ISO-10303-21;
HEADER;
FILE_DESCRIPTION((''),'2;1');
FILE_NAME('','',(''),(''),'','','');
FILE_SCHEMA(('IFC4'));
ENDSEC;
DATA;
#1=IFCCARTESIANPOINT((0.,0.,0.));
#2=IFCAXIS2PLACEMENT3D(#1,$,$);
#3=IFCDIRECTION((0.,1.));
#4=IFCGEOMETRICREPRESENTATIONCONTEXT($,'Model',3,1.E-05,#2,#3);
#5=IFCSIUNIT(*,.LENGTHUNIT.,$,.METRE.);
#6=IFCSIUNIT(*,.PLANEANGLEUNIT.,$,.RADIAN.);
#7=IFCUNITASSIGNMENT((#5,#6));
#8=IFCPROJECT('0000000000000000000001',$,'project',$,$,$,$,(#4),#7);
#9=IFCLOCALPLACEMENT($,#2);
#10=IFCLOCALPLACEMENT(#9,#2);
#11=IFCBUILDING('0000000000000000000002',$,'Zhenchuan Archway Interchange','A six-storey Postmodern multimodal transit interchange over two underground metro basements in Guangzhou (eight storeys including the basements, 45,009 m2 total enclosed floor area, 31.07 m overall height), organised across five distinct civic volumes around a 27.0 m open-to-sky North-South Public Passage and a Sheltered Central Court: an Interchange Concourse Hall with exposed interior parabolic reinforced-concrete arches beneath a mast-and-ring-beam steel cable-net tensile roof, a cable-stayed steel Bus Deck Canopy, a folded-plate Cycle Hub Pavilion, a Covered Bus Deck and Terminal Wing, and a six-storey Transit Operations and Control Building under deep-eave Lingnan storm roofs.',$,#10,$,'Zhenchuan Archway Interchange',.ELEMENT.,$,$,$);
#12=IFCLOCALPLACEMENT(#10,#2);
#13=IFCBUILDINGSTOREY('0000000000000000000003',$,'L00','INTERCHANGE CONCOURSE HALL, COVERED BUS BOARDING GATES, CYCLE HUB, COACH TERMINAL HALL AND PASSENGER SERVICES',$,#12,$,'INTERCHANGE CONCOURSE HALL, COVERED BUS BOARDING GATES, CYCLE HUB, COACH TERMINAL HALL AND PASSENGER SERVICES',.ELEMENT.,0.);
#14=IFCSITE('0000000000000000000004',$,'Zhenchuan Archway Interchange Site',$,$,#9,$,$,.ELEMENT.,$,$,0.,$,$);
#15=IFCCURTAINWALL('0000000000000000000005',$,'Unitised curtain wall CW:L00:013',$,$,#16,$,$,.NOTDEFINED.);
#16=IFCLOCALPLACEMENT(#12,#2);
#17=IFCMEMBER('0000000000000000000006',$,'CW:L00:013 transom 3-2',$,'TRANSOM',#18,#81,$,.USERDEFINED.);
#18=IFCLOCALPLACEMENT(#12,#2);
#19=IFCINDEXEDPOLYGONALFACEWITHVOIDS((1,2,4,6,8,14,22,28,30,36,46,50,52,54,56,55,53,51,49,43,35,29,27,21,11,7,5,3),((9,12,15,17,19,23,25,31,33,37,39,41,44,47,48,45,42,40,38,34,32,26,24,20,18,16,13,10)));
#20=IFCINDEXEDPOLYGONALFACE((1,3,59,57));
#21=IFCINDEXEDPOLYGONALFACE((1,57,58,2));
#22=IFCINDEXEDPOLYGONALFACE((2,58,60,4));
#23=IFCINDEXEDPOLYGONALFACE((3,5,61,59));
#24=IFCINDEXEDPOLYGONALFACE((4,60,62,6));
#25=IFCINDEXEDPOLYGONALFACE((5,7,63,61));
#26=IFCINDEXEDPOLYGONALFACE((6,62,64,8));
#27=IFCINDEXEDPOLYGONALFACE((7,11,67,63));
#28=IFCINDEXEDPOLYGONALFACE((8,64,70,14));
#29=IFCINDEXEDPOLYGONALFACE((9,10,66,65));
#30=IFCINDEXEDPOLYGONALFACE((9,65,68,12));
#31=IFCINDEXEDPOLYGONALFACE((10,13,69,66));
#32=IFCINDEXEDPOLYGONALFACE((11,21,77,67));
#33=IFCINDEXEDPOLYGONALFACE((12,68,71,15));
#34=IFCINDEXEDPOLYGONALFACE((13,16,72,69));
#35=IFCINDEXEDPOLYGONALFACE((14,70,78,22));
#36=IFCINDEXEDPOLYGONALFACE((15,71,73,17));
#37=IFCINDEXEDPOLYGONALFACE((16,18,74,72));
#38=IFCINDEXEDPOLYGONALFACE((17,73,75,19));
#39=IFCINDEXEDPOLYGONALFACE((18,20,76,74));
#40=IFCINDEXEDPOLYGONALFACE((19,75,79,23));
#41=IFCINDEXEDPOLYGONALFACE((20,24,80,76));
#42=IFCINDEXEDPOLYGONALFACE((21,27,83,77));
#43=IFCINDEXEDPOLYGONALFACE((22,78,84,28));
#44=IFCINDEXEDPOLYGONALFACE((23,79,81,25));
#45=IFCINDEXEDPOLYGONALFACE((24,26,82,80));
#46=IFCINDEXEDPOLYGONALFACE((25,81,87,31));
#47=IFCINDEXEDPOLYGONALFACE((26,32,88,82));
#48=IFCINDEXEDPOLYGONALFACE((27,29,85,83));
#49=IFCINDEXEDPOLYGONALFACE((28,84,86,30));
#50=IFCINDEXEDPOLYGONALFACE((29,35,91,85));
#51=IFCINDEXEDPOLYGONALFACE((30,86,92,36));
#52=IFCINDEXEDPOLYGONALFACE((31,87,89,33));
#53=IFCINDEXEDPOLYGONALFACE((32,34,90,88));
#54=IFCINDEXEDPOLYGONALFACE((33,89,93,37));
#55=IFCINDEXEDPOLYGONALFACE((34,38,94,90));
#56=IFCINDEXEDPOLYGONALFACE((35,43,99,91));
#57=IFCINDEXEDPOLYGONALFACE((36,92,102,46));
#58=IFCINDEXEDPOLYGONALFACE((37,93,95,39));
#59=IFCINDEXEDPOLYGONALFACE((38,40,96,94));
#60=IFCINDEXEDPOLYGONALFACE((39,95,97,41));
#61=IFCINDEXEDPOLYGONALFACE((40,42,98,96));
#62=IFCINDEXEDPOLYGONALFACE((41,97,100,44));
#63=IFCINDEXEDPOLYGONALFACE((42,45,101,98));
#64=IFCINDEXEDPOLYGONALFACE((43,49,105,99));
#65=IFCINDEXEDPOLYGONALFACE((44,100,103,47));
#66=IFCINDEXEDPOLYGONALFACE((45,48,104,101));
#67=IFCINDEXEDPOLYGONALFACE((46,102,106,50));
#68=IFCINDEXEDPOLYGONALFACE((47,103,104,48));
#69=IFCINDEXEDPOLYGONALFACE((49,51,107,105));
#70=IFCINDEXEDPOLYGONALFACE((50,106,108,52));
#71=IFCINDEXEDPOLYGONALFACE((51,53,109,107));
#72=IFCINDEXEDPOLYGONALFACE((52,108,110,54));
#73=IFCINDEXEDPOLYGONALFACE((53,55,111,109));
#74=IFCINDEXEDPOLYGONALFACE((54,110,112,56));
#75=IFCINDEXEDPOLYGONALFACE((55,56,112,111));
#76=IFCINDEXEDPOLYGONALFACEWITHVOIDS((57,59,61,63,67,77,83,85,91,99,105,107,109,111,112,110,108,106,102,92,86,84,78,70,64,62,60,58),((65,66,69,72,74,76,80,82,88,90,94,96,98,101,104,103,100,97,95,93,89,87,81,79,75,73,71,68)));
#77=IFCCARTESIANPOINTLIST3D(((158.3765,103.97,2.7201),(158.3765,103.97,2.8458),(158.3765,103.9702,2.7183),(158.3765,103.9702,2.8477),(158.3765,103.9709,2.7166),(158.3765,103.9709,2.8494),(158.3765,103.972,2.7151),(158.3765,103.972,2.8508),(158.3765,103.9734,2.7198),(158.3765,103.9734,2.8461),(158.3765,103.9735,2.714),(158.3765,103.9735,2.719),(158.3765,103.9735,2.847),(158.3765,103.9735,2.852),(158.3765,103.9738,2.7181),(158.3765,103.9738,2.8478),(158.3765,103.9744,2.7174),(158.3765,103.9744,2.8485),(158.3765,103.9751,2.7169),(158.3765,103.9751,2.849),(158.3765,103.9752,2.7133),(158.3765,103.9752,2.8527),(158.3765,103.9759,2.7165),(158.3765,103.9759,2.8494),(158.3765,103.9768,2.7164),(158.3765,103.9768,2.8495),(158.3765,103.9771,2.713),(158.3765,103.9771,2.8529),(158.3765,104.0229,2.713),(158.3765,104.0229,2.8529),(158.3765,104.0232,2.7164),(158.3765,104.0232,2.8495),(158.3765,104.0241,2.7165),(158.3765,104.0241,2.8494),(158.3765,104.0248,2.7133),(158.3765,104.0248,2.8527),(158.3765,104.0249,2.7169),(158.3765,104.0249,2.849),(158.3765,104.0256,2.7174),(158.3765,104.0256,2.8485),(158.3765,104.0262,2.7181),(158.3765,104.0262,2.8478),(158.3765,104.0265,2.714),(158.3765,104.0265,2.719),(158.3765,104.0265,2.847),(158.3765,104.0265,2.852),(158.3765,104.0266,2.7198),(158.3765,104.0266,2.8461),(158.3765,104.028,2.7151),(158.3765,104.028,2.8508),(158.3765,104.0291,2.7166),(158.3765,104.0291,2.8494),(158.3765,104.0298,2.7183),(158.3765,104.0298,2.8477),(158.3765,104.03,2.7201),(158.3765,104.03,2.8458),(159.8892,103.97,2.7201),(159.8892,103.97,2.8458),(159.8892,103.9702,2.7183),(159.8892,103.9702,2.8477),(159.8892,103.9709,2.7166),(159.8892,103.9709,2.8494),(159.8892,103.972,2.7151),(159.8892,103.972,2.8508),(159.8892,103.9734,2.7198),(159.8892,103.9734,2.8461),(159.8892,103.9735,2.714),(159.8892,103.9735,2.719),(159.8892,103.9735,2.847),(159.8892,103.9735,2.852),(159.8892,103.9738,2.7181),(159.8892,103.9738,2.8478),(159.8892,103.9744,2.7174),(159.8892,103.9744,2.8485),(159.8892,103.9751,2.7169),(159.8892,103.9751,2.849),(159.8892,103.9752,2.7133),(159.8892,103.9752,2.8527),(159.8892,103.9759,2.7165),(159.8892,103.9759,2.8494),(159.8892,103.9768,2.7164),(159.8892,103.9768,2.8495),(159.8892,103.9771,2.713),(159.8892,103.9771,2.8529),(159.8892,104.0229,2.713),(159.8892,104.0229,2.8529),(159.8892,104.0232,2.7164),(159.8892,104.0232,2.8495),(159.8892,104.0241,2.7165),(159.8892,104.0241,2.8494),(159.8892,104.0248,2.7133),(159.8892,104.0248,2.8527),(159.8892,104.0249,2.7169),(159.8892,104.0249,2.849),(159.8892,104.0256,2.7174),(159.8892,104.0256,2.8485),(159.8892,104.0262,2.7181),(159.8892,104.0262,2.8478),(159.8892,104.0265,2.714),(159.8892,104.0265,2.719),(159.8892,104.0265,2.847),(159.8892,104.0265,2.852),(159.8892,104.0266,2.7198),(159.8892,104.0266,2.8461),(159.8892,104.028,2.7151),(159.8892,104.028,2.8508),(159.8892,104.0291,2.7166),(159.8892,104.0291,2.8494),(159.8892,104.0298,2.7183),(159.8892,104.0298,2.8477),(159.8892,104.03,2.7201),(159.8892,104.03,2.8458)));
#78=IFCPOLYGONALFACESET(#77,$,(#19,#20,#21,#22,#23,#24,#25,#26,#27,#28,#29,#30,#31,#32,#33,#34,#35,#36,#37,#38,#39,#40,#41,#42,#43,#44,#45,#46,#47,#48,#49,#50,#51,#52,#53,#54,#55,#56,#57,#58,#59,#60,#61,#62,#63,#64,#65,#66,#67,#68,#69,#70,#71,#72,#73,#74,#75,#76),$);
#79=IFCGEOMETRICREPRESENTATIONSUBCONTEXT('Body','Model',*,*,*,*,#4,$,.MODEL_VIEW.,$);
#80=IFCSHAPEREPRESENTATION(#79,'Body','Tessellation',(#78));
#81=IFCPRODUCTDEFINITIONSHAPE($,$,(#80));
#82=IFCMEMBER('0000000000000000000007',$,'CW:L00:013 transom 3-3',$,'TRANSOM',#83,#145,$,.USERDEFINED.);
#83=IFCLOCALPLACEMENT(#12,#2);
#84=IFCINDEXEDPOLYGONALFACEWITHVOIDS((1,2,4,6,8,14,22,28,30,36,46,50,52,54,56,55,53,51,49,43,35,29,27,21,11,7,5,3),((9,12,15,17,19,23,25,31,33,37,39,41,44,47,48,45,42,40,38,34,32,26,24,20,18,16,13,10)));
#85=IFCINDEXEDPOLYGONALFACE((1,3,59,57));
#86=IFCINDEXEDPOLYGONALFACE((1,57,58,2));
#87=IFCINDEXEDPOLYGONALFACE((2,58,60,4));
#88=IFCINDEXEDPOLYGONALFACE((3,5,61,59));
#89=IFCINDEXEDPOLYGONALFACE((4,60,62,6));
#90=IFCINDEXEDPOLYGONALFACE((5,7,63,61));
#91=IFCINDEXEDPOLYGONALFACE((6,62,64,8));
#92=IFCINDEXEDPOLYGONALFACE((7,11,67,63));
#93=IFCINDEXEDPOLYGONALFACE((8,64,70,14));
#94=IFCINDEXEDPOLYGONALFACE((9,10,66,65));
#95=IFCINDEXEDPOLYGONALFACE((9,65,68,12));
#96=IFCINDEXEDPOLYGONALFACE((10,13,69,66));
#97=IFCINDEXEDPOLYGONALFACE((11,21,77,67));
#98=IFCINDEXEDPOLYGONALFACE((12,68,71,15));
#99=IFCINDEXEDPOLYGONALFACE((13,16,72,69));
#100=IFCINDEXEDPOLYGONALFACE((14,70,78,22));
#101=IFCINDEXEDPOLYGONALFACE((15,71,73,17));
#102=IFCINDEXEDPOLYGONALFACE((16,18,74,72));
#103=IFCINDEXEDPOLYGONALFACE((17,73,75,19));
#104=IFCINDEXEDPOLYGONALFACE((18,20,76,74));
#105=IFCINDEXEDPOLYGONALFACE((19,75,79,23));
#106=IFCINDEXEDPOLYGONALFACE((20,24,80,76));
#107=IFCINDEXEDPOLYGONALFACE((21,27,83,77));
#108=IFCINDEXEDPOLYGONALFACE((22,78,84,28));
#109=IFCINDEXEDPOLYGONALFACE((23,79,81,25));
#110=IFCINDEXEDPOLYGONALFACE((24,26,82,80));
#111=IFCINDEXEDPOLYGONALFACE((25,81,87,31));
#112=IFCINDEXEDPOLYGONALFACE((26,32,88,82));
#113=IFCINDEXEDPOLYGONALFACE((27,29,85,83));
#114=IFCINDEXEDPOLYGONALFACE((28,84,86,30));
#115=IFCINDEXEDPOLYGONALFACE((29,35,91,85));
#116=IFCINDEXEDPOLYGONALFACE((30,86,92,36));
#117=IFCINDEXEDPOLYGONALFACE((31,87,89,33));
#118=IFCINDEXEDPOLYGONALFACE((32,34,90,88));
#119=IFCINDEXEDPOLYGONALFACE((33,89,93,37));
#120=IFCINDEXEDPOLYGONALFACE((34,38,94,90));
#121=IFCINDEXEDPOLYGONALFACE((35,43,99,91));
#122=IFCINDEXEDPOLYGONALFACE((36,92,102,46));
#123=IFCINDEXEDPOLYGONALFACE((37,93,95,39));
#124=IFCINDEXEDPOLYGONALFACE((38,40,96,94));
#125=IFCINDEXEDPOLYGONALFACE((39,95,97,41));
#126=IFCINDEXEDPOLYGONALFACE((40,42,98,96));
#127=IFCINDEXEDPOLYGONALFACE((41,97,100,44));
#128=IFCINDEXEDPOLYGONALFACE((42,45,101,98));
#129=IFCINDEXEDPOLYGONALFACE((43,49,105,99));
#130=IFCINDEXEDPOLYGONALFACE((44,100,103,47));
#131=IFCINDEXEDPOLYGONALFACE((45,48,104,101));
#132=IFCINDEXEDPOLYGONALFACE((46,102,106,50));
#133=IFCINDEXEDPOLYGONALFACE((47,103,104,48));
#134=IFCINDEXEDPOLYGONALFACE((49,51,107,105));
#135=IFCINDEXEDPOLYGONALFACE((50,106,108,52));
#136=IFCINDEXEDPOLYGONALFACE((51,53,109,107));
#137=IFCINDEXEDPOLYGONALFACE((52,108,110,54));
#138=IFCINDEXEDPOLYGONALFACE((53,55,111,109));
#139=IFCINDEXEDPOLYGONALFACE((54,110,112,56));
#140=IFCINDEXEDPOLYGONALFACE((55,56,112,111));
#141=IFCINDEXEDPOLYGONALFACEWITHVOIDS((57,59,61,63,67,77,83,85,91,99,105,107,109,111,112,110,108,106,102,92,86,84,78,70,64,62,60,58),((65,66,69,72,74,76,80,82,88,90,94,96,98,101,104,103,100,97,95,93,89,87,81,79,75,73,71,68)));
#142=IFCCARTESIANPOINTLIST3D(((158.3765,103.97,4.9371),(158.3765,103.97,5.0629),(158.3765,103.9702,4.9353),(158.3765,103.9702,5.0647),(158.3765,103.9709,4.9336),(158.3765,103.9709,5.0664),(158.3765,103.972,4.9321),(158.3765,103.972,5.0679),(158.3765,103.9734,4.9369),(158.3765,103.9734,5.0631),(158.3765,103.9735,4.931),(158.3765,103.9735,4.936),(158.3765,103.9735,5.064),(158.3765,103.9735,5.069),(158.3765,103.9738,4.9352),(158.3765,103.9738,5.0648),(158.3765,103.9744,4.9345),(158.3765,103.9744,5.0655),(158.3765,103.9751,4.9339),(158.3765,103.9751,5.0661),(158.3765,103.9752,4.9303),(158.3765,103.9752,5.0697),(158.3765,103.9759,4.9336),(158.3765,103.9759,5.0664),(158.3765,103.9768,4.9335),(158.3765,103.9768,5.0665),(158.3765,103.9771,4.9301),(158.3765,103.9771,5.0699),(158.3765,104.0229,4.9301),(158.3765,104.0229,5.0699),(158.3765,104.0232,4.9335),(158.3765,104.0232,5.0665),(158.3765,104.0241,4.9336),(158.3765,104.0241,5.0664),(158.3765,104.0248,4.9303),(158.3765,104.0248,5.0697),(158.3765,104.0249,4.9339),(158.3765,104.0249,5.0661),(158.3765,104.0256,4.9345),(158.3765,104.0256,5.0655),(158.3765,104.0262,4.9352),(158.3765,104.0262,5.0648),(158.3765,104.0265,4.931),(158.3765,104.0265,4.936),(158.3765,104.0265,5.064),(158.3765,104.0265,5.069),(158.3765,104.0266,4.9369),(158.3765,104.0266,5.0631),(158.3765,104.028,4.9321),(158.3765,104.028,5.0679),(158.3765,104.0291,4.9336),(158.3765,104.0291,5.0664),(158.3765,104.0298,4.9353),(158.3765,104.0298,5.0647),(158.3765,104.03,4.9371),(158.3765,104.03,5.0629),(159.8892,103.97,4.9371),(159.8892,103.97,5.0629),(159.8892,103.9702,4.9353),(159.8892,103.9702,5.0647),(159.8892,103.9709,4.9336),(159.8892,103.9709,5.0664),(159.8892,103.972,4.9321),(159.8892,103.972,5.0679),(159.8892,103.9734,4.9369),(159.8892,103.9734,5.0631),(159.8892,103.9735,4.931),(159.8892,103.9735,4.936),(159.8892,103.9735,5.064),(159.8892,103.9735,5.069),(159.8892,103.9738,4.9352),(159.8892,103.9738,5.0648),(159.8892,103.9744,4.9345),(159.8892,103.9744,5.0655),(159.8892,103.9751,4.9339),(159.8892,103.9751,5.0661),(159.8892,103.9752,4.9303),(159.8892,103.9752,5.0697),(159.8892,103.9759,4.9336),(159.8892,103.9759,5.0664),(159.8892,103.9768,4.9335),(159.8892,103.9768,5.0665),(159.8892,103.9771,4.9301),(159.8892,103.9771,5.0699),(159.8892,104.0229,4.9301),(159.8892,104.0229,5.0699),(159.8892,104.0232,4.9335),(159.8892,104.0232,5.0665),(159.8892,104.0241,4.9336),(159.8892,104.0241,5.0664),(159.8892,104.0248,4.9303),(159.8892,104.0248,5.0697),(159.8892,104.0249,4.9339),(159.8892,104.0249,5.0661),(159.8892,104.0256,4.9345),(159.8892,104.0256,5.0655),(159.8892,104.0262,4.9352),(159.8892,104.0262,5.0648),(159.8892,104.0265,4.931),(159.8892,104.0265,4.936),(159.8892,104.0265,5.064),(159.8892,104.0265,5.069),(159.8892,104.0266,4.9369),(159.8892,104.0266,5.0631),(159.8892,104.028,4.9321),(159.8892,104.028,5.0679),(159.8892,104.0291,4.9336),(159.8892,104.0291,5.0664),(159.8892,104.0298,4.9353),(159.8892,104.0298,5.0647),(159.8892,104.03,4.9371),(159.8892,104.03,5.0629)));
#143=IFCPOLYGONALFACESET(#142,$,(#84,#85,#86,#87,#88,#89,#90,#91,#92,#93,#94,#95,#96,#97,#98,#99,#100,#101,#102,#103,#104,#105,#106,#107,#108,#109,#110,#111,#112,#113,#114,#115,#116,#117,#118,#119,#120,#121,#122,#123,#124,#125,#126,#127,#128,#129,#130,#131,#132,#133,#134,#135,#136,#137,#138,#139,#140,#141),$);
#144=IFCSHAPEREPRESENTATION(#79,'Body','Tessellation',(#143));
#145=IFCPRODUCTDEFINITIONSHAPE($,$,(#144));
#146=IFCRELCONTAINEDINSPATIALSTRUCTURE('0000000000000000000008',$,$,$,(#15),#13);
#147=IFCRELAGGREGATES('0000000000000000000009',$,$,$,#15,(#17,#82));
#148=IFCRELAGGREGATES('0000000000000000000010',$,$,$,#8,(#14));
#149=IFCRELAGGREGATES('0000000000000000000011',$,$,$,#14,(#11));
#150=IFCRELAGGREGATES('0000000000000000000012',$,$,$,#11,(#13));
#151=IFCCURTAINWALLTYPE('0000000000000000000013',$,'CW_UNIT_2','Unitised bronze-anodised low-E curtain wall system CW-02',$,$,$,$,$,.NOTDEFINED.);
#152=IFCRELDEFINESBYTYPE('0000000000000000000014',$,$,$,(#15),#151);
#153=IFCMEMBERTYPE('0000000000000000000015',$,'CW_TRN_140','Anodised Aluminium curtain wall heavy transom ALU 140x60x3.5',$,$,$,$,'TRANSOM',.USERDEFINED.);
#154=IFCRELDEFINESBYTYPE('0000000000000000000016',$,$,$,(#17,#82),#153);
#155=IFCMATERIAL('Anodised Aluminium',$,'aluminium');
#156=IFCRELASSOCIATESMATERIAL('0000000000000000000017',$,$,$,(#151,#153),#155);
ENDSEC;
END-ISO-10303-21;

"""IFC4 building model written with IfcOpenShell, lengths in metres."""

from ifc_helpers import new_model, si_unit, direction, frame, origin, origin_2d, place, context, subcontext, project, spatial, hollow_rectangle, extrude, material, material_profile, profile_set, type_object, element, aggregate, save


model = new_model("IFC4")

# Units and contexts
model_context = context("Model", 3, precision=1e-05, world=origin(), true_north=direction((0.0, 1.0)))
body_context = subcontext(model_context, "Body", "Model", "MODEL_VIEW")
ifc_project = project(units=[si_unit("LENGTHUNIT", "METRE"), si_unit("PLANEANGLEUNIT", "RADIAN")], contexts=[model_context])

# Site, building, storey
site_placement = place(None, origin())
site = spatial("IfcSite", under=ifc_project, at=site_placement, Name="Zhenchuan Archway Interchange Site", CompositionType="ELEMENT", RefElevation=0.0)
building_placement = place(site_placement, origin())
building = spatial("IfcBuilding", under=site, at=building_placement, Name="Zhenchuan Archway Interchange", Description="A six-storey Postmodern multimodal transit interchange over two underground metro basements in Guangzhou (eight storeys including the basements, 45,009 m2 total enclosed floor area, 31.07 m overall height), organised across five distinct civic volumes around a 27.0 m open-to-sky North-South Public Passage and a Sheltered Central Court: an Interchange Concourse Hall with exposed interior parabolic reinforced-concrete arches beneath a mast-and-ring-beam steel cable-net tensile roof, a cable-stayed steel Bus Deck Canopy, a folded-plate Cycle Hub Pavilion, a Covered Bus Deck and Terminal Wing, and a six-storey Transit Operations and Control Building under deep-eave Lingnan storm roofs.", LongName="Zhenchuan Archway Interchange", CompositionType="ELEMENT")
storey_placement = place(building_placement, origin())
storey = spatial("IfcBuildingStorey", under=building, at=storey_placement, Name="L00", Description="INTERCHANGE CONCOURSE HALL, COVERED BUS BOARDING GATES, CYCLE HUB, COACH TERMINAL HALL AND PASSENGER SERVICES", LongName="INTERCHANGE CONCOURSE HALL, COVERED BUS BOARDING GATES, CYCLE HUB, COACH TERMINAL HALL AND PASSENGER SERVICES", CompositionType="ELEMENT", Elevation=0.0)

# Curtain wall, members
ifc_material_1 = material(Name="Anodised Aluminium", Category="aluminium")
curtain_wall_type = type_object("IfcCurtainWallType", Name="CW_UNIT_2", Description="Unitised bronze-anodised low-E curtain wall system CW-02", PredefinedType="NOTDEFINED", material=ifc_material_1)
curtain_wall_placement = place(storey_placement, origin())
curtain_wall = element("IfcCurtainWall", 1, at=curtain_wall_placement, inside=storey, type_object=curtain_wall_type, Name="Unitised curtain wall CW:L00:013", PredefinedType="NOTDEFINED")
ifc_material_profile_1 = material_profile(ifc_material_1, hollow_rectangle(XDim=0.0601, YDim=0.1399, WallThickness=0.0034, InnerFilletRadius=0.0034, OuterFilletRadius=0.0071, at=origin_2d()), Name="ALU 140x60x3.5")
ifc_profile_set_1 = profile_set([ifc_material_profile_1], Name="Anodised Aluminium")
member_type_1 = type_object("IfcMemberType", Name="CW_TRN_140", Description="Anodised Aluminium curtain wall heavy transom ALU 140x60x3.5", ElementType="TRANSOM", PredefinedType="USERDEFINED", material=ifc_profile_set_1)
member_1_placement = place(storey_placement, frame((158.3765, 104.0, 2.783), z_axis=(1.0, 0.0, 0.0), x_axis=(0.0, 1.0, 0.0)))
member_1 = element("IfcMember", 2, at=member_1_placement, type_object=member_type_1, Name="CW:L00:013 transom 3-2", ObjectType="TRANSOM", PredefinedType="USERDEFINED", context=body_context, shape_type="SweptSolid", body=[
    extrude(hollow_rectangle(XDim=0.0601, YDim=0.1399, WallThickness=0.0034, InnerFilletRadius=0.0034, OuterFilletRadius=0.0071, at=origin_2d()), origin(), (0.0, 0.0, 1.0), 1.5127),
])
member_2_placement = place(storey_placement, frame((158.3765, 104.0, 5.0), z_axis=(1.0, 0.0, 0.0), x_axis=(0.0, 1.0, 0.0)))
member_2 = element("IfcMember", 3, at=member_2_placement, type_object=member_type_1, Name="CW:L00:013 transom 3-3", ObjectType="TRANSOM", PredefinedType="USERDEFINED", context=body_context, shape_type="SweptSolid", body=[
    extrude(hollow_rectangle(XDim=0.0601, YDim=0.1399, WallThickness=0.0034, InnerFilletRadius=0.0034, OuterFilletRadius=0.0071, at=origin_2d()), origin(), (0.0, 0.0, 1.0), 1.5127),
])
aggregate(curtain_wall, [member_1, member_2])

save(model, "model.ifc")
